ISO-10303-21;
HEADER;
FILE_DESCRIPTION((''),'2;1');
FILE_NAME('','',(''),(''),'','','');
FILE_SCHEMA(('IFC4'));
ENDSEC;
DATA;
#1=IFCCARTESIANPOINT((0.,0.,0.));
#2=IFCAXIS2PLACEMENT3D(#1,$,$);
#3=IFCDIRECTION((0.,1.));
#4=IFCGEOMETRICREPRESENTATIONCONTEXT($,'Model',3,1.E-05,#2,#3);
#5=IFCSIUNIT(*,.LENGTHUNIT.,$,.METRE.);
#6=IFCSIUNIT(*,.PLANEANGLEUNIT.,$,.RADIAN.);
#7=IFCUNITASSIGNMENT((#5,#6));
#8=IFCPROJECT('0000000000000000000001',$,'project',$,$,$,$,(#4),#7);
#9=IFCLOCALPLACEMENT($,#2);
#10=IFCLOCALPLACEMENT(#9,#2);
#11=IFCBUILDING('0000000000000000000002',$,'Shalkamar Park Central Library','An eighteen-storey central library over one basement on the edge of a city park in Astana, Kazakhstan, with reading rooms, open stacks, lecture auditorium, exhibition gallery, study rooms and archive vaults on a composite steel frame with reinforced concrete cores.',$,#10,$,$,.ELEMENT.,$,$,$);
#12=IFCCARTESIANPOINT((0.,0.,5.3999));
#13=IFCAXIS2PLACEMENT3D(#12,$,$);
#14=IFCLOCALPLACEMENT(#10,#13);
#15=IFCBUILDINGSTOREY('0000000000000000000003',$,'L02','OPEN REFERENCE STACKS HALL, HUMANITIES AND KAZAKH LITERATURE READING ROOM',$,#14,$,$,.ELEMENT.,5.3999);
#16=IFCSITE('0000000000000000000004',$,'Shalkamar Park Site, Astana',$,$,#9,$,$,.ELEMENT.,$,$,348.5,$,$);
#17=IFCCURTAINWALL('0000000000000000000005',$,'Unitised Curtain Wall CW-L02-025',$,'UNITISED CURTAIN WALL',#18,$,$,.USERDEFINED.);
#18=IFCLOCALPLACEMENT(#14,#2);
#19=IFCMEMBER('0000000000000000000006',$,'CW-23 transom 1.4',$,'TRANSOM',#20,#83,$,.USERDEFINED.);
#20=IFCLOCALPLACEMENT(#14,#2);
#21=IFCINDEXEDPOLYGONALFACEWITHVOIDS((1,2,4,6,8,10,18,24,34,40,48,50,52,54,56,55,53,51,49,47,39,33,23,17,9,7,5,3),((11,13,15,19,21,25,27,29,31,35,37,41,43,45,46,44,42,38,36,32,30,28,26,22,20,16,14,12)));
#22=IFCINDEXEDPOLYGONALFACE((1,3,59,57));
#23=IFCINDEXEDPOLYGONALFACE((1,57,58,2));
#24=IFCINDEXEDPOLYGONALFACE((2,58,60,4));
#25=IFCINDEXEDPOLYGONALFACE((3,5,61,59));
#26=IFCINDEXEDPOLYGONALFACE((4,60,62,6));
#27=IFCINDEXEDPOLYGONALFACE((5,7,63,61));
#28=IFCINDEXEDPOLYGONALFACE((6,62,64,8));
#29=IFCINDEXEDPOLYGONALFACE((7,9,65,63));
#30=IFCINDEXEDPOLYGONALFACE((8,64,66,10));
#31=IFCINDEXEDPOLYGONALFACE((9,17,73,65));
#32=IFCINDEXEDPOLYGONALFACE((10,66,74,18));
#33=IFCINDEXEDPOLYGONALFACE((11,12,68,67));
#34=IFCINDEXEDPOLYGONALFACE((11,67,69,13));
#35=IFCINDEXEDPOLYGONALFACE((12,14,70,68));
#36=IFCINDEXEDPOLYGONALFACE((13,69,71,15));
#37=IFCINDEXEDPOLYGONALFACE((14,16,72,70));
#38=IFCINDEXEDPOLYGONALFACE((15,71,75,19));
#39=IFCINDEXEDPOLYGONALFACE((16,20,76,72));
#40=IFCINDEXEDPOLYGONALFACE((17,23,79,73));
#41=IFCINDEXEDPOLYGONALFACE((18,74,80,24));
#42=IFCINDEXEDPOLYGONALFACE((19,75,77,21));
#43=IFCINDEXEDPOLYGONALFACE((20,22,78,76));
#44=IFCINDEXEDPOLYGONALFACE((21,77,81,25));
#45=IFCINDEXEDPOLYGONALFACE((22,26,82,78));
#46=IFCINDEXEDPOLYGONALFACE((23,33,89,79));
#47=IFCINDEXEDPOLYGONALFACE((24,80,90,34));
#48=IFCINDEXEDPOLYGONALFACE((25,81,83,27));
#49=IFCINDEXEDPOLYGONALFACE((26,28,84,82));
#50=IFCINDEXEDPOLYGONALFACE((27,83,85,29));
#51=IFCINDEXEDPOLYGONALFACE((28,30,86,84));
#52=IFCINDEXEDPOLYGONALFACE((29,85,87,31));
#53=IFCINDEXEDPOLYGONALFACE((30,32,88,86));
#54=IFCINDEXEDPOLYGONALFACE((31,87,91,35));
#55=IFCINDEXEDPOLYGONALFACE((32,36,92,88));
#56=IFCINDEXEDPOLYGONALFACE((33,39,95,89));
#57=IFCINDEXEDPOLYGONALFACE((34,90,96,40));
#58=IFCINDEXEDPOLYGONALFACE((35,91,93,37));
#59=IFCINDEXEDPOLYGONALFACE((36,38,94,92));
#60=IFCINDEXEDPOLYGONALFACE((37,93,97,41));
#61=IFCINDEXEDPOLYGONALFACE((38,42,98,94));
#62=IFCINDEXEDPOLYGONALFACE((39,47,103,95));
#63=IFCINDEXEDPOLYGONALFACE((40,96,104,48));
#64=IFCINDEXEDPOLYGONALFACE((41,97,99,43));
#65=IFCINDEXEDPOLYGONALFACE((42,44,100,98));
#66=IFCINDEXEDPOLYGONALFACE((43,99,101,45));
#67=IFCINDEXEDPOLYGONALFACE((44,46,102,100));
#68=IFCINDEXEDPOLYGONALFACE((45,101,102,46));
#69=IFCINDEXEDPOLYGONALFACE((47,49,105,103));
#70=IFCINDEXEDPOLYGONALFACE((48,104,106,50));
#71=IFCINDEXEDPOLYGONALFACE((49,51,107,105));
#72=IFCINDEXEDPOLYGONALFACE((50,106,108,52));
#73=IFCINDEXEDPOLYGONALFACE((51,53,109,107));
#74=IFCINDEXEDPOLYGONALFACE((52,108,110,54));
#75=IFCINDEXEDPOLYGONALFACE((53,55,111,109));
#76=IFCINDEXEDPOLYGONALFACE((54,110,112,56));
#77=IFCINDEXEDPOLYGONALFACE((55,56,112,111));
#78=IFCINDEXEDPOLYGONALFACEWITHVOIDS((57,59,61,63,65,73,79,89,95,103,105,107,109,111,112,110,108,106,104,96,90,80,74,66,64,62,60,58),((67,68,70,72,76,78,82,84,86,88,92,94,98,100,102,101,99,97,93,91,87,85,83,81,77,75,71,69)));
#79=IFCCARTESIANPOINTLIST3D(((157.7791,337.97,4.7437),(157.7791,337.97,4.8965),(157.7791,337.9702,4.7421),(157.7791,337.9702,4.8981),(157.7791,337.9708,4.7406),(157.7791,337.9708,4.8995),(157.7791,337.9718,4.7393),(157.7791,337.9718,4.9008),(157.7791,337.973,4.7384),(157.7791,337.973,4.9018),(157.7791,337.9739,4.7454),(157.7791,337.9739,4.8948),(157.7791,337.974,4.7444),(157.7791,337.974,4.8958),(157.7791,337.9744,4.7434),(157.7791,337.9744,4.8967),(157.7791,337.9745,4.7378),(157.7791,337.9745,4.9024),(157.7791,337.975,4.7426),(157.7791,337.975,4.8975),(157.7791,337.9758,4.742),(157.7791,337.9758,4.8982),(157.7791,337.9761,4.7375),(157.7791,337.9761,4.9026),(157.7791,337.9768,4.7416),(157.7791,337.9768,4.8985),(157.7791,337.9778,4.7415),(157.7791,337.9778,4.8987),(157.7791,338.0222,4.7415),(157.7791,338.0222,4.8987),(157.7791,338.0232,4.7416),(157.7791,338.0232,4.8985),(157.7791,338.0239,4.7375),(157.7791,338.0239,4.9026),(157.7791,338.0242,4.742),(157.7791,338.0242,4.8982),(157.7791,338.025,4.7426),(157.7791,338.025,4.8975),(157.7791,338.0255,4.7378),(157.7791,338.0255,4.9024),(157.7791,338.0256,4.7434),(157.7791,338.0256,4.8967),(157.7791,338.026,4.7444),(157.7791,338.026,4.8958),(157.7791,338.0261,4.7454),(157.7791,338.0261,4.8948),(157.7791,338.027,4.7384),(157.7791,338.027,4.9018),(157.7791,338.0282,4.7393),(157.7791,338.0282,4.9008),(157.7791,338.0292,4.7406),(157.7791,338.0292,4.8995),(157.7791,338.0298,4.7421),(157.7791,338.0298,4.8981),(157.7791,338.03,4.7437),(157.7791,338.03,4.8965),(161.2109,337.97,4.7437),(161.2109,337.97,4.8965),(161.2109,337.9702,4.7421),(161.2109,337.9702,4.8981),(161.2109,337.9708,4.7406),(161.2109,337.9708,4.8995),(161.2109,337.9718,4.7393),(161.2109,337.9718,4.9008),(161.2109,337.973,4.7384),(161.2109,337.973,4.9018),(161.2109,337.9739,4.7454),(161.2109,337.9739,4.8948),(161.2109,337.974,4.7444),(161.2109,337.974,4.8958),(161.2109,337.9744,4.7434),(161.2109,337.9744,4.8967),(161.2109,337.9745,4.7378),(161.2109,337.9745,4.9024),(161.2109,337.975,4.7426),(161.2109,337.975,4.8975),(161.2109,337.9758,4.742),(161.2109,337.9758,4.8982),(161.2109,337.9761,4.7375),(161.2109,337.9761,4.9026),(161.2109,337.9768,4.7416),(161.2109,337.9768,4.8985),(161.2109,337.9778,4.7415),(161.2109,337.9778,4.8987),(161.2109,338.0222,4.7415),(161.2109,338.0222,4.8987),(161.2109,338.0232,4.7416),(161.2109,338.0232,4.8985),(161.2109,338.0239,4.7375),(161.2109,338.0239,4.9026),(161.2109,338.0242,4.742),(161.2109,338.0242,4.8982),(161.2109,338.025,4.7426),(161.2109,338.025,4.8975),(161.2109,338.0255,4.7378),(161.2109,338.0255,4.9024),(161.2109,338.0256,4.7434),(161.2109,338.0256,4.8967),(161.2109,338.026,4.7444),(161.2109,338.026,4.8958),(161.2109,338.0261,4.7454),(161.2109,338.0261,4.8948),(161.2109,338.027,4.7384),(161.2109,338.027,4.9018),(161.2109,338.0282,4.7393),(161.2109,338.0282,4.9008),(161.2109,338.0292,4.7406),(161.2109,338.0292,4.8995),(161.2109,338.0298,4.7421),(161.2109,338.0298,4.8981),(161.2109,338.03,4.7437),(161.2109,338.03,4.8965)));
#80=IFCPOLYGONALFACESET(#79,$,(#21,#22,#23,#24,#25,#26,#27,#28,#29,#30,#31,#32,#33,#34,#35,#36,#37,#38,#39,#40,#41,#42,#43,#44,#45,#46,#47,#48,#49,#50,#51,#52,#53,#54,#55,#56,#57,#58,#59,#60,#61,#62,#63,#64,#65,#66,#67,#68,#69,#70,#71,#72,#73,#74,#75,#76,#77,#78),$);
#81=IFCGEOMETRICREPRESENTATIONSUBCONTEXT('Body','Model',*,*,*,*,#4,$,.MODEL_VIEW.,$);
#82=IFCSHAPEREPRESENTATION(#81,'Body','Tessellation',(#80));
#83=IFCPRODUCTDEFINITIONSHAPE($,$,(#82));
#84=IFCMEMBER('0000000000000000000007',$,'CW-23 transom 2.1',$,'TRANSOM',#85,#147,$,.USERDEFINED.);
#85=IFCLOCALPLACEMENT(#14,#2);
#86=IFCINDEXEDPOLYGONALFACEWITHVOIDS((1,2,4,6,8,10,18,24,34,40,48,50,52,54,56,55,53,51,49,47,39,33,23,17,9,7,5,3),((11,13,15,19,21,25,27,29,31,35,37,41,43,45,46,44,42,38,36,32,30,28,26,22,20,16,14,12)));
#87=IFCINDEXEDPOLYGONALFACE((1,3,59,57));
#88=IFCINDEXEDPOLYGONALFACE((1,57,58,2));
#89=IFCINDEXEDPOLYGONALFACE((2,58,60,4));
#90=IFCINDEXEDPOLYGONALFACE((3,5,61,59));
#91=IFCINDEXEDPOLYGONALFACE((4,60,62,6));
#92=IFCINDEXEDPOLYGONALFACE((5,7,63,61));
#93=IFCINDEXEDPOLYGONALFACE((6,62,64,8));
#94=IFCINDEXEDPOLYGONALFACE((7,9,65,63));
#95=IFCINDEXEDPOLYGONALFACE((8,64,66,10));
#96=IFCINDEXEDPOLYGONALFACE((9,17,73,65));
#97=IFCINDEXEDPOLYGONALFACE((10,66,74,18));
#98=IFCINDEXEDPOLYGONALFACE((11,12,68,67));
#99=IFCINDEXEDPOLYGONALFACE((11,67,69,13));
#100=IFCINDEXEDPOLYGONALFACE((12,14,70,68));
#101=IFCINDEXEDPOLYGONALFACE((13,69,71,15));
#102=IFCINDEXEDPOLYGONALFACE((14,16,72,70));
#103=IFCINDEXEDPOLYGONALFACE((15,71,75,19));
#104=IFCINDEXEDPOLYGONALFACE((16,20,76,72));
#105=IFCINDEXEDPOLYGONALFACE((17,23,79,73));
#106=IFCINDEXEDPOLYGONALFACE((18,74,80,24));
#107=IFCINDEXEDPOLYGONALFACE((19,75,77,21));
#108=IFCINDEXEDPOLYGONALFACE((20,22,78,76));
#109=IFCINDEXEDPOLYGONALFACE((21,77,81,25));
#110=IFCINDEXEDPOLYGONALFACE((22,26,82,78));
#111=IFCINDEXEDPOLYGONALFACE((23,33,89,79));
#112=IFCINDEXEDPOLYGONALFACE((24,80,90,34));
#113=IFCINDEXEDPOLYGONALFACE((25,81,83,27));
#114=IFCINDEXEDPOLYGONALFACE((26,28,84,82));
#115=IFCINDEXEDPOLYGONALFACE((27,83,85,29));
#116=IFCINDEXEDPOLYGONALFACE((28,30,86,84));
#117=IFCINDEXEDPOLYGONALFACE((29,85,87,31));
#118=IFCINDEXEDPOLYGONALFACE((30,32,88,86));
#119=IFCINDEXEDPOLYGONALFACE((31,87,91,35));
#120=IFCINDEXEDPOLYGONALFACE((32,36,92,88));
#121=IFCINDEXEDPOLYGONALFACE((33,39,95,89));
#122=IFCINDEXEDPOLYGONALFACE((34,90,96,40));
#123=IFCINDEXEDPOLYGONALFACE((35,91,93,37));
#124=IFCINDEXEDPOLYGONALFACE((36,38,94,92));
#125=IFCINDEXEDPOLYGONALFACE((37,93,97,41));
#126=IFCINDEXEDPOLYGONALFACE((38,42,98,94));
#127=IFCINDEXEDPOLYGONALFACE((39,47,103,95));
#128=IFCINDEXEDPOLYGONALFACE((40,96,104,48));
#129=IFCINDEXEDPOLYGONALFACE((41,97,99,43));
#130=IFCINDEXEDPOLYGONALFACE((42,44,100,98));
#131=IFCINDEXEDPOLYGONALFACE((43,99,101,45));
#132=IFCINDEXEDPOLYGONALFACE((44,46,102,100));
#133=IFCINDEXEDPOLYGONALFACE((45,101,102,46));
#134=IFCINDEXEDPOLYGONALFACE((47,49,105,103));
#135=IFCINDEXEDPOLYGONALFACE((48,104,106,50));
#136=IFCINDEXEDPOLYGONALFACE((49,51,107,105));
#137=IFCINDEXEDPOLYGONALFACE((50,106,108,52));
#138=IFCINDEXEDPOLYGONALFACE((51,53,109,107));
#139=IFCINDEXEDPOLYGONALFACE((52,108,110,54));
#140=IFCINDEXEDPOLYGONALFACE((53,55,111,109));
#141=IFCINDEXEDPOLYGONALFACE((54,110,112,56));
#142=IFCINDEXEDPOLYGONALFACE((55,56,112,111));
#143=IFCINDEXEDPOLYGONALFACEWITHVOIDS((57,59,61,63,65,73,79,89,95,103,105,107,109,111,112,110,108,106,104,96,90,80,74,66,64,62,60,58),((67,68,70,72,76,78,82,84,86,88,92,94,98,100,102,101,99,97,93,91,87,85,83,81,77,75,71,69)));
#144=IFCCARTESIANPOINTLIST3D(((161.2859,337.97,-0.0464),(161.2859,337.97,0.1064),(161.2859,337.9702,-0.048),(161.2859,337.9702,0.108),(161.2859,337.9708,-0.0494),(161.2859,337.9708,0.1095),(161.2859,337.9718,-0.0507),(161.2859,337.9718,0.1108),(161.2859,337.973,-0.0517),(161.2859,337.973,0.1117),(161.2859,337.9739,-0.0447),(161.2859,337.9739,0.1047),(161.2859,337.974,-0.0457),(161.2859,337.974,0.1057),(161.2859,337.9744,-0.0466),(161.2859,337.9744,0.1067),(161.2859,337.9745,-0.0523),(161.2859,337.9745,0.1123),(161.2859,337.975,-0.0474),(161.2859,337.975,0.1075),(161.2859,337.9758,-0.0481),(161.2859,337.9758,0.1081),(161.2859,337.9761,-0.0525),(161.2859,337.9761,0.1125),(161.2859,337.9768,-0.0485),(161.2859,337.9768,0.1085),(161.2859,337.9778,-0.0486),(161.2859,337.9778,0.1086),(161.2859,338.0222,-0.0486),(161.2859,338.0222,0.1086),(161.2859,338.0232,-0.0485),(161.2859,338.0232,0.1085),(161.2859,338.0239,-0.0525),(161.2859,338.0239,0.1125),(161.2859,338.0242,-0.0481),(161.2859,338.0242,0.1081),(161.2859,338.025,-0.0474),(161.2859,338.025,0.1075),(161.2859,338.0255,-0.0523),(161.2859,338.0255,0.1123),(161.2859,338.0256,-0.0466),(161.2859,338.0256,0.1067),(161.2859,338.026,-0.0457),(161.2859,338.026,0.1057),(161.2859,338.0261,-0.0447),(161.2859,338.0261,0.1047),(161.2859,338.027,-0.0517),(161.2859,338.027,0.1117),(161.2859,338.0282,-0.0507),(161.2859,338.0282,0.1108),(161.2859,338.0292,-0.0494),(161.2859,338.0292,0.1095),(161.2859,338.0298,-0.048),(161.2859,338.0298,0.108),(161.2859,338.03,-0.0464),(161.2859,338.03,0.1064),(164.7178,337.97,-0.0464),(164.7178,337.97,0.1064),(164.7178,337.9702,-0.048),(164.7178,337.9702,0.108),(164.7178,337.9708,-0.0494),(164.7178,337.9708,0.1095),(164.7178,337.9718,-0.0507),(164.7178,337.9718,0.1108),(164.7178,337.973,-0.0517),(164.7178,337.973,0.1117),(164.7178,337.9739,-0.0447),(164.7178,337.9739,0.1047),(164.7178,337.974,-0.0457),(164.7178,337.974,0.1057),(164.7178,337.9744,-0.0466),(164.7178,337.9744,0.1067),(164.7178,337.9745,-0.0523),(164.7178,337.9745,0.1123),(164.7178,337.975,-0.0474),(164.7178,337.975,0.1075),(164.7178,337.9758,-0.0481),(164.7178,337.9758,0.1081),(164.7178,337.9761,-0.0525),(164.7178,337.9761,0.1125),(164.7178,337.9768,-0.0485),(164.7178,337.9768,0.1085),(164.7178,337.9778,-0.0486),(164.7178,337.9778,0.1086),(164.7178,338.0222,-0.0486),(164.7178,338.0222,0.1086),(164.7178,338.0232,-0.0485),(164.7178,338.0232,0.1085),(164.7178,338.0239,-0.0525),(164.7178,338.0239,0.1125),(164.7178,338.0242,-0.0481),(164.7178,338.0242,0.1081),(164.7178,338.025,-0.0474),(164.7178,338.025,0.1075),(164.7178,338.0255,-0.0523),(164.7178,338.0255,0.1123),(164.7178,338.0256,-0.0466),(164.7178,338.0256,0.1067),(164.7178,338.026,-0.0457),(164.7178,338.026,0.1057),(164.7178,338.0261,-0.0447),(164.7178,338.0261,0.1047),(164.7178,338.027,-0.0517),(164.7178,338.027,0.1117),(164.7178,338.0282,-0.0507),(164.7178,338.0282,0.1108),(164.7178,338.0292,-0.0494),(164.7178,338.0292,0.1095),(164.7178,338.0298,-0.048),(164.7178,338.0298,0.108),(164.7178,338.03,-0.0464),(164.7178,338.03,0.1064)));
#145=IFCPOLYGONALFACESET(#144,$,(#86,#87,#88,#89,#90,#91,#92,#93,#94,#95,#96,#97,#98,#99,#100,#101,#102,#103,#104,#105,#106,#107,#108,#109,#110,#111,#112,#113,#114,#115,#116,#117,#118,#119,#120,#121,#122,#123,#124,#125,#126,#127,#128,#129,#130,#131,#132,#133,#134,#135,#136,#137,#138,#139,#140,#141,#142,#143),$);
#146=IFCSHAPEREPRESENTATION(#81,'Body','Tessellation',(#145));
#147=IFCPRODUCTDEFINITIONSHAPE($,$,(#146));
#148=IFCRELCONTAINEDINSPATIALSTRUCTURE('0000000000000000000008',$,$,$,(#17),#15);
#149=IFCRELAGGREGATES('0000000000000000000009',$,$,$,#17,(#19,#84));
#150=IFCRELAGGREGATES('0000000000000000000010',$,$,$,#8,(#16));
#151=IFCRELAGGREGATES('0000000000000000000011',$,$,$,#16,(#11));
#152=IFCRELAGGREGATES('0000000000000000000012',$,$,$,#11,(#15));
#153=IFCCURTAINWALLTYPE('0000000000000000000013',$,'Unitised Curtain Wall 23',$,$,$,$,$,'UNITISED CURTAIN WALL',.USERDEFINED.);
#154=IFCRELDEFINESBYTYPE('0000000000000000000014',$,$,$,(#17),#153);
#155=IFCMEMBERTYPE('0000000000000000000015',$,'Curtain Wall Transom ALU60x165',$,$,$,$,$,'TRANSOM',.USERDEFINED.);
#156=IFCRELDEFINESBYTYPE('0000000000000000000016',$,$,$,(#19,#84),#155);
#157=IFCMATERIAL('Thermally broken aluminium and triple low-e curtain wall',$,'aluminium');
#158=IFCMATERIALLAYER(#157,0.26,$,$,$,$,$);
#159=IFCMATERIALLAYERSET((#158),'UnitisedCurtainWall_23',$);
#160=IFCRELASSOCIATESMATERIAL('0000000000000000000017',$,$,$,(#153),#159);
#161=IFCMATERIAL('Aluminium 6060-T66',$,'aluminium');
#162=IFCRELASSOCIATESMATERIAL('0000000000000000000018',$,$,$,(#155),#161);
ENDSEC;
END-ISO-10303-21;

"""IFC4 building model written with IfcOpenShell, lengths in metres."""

from ifc_helpers import new_model, si_unit, direction, frame, origin, origin_2d, place, context, subcontext, project, spatial, hollow_rectangle, extrude, material, layer, layer_set, material_profile, profile_set, type_object, element, aggregate, save


model = new_model("IFC4")

# Units and contexts
model_context = context("Model", 3, precision=1e-05, world=origin(), true_north=direction((0.0, 1.0)))
body_context = subcontext(model_context, "Body", "Model", "MODEL_VIEW")
ifc_project = project(units=[si_unit("LENGTHUNIT", "METRE"), si_unit("PLANEANGLEUNIT", "RADIAN")], contexts=[model_context])

# Site, building, storey
site_placement = place(None, origin())
site = spatial("IfcSite", under=ifc_project, at=site_placement, Name="Shalkamar Park Site, Astana", CompositionType="ELEMENT", RefElevation=348.5)
building_placement = place(site_placement, origin())
building = spatial("IfcBuilding", under=site, at=building_placement, Name="Shalkamar Park Central Library", Description="An eighteen-storey central library over one basement on the edge of a city park in Astana, Kazakhstan, with reading rooms, open stacks, lecture auditorium, exhibition gallery, study rooms and archive vaults on a composite steel frame with reinforced concrete cores.", CompositionType="ELEMENT")
storey_placement = place(building_placement, frame((0.0, 0.0, 5.3999)))
storey = spatial("IfcBuildingStorey", under=building, at=storey_placement, Name="L02", Description="OPEN REFERENCE STACKS HALL, HUMANITIES AND KAZAKH LITERATURE READING ROOM", CompositionType="ELEMENT", Elevation=5.3999)

# Curtain wall
ifc_material_1 = material(Name="Thermally broken aluminium and triple low-e curtain wall", Category="aluminium")
ifc_layer_1 = layer(ifc_material_1, 0.26)
ifc_layer_set_1 = layer_set([ifc_layer_1], Name="UnitisedCurtainWall_23")
curtain_wall_type_1 = type_object("IfcCurtainWallType", Name="Unitised Curtain Wall 23", ElementType="UNITISED CURTAIN WALL", PredefinedType="USERDEFINED", material=ifc_layer_set_1)
curtain_wall_1_placement = place(storey_placement, origin())
curtain_wall_1 = element("IfcCurtainWall", 1, at=curtain_wall_1_placement, inside=storey, type_object=curtain_wall_type_1, Name="Unitised Curtain Wall CW-L02-025", ObjectType="UNITISED CURTAIN WALL", PredefinedType="USERDEFINED")
ifc_material_2 = material(Name="Aluminium 6060-T66", Category="aluminium")

# Members
ifc_material_profile_1 = material_profile(ifc_material_2, hollow_rectangle(XDim=0.0601, YDim=0.165, WallThickness=0.0039, InnerFilletRadius=0.0039, OuterFilletRadius=0.0061, at=origin_2d()), Name="ALU 60x165x4")
ifc_profile_set_1 = profile_set([ifc_material_profile_1], Name="Aluminium 6060-T66")
member_type_1 = type_object("IfcMemberType", Name="Curtain Wall Transom ALU60x165", ElementType="TRANSOM", PredefinedType="USERDEFINED", material=ifc_profile_set_1)
member_1_placement = place(storey_placement, frame((157.7791, 338.0, 4.8201), z_axis=(1.0, 0.0, 0.0), x_axis=(0.0, 1.0, 0.0)))
member_1 = element("IfcMember", 2, at=member_1_placement, type_object=member_type_1, Name="CW-23 transom 1.4", ObjectType="TRANSOM", PredefinedType="USERDEFINED", context=body_context, shape_type="SweptSolid", body=[
    extrude(hollow_rectangle(XDim=0.0601, YDim=0.165, WallThickness=0.0039, InnerFilletRadius=0.0039, OuterFilletRadius=0.0061, at=origin_2d()), origin(), (0.0, 0.0, 1.0), 3.4319),
])
member_2_placement = place(storey_placement, frame((161.2859, 338.0, 0.03), z_axis=(1.0, 0.0, 0.0), x_axis=(0.0, 1.0, 0.0)))
member_2 = element("IfcMember", 3, at=member_2_placement, type_object=member_type_1, Name="CW-23 transom 2.1", ObjectType="TRANSOM", PredefinedType="USERDEFINED", context=body_context, shape_type="SweptSolid", body=[
    extrude(hollow_rectangle(XDim=0.0601, YDim=0.165, WallThickness=0.0039, InnerFilletRadius=0.0039, OuterFilletRadius=0.0061, at=origin_2d()), origin(), (0.0, 0.0, 1.0), 3.4319),
])

aggregate(curtain_wall_1, [member_1, member_2])

save(model, "model.ifc")
